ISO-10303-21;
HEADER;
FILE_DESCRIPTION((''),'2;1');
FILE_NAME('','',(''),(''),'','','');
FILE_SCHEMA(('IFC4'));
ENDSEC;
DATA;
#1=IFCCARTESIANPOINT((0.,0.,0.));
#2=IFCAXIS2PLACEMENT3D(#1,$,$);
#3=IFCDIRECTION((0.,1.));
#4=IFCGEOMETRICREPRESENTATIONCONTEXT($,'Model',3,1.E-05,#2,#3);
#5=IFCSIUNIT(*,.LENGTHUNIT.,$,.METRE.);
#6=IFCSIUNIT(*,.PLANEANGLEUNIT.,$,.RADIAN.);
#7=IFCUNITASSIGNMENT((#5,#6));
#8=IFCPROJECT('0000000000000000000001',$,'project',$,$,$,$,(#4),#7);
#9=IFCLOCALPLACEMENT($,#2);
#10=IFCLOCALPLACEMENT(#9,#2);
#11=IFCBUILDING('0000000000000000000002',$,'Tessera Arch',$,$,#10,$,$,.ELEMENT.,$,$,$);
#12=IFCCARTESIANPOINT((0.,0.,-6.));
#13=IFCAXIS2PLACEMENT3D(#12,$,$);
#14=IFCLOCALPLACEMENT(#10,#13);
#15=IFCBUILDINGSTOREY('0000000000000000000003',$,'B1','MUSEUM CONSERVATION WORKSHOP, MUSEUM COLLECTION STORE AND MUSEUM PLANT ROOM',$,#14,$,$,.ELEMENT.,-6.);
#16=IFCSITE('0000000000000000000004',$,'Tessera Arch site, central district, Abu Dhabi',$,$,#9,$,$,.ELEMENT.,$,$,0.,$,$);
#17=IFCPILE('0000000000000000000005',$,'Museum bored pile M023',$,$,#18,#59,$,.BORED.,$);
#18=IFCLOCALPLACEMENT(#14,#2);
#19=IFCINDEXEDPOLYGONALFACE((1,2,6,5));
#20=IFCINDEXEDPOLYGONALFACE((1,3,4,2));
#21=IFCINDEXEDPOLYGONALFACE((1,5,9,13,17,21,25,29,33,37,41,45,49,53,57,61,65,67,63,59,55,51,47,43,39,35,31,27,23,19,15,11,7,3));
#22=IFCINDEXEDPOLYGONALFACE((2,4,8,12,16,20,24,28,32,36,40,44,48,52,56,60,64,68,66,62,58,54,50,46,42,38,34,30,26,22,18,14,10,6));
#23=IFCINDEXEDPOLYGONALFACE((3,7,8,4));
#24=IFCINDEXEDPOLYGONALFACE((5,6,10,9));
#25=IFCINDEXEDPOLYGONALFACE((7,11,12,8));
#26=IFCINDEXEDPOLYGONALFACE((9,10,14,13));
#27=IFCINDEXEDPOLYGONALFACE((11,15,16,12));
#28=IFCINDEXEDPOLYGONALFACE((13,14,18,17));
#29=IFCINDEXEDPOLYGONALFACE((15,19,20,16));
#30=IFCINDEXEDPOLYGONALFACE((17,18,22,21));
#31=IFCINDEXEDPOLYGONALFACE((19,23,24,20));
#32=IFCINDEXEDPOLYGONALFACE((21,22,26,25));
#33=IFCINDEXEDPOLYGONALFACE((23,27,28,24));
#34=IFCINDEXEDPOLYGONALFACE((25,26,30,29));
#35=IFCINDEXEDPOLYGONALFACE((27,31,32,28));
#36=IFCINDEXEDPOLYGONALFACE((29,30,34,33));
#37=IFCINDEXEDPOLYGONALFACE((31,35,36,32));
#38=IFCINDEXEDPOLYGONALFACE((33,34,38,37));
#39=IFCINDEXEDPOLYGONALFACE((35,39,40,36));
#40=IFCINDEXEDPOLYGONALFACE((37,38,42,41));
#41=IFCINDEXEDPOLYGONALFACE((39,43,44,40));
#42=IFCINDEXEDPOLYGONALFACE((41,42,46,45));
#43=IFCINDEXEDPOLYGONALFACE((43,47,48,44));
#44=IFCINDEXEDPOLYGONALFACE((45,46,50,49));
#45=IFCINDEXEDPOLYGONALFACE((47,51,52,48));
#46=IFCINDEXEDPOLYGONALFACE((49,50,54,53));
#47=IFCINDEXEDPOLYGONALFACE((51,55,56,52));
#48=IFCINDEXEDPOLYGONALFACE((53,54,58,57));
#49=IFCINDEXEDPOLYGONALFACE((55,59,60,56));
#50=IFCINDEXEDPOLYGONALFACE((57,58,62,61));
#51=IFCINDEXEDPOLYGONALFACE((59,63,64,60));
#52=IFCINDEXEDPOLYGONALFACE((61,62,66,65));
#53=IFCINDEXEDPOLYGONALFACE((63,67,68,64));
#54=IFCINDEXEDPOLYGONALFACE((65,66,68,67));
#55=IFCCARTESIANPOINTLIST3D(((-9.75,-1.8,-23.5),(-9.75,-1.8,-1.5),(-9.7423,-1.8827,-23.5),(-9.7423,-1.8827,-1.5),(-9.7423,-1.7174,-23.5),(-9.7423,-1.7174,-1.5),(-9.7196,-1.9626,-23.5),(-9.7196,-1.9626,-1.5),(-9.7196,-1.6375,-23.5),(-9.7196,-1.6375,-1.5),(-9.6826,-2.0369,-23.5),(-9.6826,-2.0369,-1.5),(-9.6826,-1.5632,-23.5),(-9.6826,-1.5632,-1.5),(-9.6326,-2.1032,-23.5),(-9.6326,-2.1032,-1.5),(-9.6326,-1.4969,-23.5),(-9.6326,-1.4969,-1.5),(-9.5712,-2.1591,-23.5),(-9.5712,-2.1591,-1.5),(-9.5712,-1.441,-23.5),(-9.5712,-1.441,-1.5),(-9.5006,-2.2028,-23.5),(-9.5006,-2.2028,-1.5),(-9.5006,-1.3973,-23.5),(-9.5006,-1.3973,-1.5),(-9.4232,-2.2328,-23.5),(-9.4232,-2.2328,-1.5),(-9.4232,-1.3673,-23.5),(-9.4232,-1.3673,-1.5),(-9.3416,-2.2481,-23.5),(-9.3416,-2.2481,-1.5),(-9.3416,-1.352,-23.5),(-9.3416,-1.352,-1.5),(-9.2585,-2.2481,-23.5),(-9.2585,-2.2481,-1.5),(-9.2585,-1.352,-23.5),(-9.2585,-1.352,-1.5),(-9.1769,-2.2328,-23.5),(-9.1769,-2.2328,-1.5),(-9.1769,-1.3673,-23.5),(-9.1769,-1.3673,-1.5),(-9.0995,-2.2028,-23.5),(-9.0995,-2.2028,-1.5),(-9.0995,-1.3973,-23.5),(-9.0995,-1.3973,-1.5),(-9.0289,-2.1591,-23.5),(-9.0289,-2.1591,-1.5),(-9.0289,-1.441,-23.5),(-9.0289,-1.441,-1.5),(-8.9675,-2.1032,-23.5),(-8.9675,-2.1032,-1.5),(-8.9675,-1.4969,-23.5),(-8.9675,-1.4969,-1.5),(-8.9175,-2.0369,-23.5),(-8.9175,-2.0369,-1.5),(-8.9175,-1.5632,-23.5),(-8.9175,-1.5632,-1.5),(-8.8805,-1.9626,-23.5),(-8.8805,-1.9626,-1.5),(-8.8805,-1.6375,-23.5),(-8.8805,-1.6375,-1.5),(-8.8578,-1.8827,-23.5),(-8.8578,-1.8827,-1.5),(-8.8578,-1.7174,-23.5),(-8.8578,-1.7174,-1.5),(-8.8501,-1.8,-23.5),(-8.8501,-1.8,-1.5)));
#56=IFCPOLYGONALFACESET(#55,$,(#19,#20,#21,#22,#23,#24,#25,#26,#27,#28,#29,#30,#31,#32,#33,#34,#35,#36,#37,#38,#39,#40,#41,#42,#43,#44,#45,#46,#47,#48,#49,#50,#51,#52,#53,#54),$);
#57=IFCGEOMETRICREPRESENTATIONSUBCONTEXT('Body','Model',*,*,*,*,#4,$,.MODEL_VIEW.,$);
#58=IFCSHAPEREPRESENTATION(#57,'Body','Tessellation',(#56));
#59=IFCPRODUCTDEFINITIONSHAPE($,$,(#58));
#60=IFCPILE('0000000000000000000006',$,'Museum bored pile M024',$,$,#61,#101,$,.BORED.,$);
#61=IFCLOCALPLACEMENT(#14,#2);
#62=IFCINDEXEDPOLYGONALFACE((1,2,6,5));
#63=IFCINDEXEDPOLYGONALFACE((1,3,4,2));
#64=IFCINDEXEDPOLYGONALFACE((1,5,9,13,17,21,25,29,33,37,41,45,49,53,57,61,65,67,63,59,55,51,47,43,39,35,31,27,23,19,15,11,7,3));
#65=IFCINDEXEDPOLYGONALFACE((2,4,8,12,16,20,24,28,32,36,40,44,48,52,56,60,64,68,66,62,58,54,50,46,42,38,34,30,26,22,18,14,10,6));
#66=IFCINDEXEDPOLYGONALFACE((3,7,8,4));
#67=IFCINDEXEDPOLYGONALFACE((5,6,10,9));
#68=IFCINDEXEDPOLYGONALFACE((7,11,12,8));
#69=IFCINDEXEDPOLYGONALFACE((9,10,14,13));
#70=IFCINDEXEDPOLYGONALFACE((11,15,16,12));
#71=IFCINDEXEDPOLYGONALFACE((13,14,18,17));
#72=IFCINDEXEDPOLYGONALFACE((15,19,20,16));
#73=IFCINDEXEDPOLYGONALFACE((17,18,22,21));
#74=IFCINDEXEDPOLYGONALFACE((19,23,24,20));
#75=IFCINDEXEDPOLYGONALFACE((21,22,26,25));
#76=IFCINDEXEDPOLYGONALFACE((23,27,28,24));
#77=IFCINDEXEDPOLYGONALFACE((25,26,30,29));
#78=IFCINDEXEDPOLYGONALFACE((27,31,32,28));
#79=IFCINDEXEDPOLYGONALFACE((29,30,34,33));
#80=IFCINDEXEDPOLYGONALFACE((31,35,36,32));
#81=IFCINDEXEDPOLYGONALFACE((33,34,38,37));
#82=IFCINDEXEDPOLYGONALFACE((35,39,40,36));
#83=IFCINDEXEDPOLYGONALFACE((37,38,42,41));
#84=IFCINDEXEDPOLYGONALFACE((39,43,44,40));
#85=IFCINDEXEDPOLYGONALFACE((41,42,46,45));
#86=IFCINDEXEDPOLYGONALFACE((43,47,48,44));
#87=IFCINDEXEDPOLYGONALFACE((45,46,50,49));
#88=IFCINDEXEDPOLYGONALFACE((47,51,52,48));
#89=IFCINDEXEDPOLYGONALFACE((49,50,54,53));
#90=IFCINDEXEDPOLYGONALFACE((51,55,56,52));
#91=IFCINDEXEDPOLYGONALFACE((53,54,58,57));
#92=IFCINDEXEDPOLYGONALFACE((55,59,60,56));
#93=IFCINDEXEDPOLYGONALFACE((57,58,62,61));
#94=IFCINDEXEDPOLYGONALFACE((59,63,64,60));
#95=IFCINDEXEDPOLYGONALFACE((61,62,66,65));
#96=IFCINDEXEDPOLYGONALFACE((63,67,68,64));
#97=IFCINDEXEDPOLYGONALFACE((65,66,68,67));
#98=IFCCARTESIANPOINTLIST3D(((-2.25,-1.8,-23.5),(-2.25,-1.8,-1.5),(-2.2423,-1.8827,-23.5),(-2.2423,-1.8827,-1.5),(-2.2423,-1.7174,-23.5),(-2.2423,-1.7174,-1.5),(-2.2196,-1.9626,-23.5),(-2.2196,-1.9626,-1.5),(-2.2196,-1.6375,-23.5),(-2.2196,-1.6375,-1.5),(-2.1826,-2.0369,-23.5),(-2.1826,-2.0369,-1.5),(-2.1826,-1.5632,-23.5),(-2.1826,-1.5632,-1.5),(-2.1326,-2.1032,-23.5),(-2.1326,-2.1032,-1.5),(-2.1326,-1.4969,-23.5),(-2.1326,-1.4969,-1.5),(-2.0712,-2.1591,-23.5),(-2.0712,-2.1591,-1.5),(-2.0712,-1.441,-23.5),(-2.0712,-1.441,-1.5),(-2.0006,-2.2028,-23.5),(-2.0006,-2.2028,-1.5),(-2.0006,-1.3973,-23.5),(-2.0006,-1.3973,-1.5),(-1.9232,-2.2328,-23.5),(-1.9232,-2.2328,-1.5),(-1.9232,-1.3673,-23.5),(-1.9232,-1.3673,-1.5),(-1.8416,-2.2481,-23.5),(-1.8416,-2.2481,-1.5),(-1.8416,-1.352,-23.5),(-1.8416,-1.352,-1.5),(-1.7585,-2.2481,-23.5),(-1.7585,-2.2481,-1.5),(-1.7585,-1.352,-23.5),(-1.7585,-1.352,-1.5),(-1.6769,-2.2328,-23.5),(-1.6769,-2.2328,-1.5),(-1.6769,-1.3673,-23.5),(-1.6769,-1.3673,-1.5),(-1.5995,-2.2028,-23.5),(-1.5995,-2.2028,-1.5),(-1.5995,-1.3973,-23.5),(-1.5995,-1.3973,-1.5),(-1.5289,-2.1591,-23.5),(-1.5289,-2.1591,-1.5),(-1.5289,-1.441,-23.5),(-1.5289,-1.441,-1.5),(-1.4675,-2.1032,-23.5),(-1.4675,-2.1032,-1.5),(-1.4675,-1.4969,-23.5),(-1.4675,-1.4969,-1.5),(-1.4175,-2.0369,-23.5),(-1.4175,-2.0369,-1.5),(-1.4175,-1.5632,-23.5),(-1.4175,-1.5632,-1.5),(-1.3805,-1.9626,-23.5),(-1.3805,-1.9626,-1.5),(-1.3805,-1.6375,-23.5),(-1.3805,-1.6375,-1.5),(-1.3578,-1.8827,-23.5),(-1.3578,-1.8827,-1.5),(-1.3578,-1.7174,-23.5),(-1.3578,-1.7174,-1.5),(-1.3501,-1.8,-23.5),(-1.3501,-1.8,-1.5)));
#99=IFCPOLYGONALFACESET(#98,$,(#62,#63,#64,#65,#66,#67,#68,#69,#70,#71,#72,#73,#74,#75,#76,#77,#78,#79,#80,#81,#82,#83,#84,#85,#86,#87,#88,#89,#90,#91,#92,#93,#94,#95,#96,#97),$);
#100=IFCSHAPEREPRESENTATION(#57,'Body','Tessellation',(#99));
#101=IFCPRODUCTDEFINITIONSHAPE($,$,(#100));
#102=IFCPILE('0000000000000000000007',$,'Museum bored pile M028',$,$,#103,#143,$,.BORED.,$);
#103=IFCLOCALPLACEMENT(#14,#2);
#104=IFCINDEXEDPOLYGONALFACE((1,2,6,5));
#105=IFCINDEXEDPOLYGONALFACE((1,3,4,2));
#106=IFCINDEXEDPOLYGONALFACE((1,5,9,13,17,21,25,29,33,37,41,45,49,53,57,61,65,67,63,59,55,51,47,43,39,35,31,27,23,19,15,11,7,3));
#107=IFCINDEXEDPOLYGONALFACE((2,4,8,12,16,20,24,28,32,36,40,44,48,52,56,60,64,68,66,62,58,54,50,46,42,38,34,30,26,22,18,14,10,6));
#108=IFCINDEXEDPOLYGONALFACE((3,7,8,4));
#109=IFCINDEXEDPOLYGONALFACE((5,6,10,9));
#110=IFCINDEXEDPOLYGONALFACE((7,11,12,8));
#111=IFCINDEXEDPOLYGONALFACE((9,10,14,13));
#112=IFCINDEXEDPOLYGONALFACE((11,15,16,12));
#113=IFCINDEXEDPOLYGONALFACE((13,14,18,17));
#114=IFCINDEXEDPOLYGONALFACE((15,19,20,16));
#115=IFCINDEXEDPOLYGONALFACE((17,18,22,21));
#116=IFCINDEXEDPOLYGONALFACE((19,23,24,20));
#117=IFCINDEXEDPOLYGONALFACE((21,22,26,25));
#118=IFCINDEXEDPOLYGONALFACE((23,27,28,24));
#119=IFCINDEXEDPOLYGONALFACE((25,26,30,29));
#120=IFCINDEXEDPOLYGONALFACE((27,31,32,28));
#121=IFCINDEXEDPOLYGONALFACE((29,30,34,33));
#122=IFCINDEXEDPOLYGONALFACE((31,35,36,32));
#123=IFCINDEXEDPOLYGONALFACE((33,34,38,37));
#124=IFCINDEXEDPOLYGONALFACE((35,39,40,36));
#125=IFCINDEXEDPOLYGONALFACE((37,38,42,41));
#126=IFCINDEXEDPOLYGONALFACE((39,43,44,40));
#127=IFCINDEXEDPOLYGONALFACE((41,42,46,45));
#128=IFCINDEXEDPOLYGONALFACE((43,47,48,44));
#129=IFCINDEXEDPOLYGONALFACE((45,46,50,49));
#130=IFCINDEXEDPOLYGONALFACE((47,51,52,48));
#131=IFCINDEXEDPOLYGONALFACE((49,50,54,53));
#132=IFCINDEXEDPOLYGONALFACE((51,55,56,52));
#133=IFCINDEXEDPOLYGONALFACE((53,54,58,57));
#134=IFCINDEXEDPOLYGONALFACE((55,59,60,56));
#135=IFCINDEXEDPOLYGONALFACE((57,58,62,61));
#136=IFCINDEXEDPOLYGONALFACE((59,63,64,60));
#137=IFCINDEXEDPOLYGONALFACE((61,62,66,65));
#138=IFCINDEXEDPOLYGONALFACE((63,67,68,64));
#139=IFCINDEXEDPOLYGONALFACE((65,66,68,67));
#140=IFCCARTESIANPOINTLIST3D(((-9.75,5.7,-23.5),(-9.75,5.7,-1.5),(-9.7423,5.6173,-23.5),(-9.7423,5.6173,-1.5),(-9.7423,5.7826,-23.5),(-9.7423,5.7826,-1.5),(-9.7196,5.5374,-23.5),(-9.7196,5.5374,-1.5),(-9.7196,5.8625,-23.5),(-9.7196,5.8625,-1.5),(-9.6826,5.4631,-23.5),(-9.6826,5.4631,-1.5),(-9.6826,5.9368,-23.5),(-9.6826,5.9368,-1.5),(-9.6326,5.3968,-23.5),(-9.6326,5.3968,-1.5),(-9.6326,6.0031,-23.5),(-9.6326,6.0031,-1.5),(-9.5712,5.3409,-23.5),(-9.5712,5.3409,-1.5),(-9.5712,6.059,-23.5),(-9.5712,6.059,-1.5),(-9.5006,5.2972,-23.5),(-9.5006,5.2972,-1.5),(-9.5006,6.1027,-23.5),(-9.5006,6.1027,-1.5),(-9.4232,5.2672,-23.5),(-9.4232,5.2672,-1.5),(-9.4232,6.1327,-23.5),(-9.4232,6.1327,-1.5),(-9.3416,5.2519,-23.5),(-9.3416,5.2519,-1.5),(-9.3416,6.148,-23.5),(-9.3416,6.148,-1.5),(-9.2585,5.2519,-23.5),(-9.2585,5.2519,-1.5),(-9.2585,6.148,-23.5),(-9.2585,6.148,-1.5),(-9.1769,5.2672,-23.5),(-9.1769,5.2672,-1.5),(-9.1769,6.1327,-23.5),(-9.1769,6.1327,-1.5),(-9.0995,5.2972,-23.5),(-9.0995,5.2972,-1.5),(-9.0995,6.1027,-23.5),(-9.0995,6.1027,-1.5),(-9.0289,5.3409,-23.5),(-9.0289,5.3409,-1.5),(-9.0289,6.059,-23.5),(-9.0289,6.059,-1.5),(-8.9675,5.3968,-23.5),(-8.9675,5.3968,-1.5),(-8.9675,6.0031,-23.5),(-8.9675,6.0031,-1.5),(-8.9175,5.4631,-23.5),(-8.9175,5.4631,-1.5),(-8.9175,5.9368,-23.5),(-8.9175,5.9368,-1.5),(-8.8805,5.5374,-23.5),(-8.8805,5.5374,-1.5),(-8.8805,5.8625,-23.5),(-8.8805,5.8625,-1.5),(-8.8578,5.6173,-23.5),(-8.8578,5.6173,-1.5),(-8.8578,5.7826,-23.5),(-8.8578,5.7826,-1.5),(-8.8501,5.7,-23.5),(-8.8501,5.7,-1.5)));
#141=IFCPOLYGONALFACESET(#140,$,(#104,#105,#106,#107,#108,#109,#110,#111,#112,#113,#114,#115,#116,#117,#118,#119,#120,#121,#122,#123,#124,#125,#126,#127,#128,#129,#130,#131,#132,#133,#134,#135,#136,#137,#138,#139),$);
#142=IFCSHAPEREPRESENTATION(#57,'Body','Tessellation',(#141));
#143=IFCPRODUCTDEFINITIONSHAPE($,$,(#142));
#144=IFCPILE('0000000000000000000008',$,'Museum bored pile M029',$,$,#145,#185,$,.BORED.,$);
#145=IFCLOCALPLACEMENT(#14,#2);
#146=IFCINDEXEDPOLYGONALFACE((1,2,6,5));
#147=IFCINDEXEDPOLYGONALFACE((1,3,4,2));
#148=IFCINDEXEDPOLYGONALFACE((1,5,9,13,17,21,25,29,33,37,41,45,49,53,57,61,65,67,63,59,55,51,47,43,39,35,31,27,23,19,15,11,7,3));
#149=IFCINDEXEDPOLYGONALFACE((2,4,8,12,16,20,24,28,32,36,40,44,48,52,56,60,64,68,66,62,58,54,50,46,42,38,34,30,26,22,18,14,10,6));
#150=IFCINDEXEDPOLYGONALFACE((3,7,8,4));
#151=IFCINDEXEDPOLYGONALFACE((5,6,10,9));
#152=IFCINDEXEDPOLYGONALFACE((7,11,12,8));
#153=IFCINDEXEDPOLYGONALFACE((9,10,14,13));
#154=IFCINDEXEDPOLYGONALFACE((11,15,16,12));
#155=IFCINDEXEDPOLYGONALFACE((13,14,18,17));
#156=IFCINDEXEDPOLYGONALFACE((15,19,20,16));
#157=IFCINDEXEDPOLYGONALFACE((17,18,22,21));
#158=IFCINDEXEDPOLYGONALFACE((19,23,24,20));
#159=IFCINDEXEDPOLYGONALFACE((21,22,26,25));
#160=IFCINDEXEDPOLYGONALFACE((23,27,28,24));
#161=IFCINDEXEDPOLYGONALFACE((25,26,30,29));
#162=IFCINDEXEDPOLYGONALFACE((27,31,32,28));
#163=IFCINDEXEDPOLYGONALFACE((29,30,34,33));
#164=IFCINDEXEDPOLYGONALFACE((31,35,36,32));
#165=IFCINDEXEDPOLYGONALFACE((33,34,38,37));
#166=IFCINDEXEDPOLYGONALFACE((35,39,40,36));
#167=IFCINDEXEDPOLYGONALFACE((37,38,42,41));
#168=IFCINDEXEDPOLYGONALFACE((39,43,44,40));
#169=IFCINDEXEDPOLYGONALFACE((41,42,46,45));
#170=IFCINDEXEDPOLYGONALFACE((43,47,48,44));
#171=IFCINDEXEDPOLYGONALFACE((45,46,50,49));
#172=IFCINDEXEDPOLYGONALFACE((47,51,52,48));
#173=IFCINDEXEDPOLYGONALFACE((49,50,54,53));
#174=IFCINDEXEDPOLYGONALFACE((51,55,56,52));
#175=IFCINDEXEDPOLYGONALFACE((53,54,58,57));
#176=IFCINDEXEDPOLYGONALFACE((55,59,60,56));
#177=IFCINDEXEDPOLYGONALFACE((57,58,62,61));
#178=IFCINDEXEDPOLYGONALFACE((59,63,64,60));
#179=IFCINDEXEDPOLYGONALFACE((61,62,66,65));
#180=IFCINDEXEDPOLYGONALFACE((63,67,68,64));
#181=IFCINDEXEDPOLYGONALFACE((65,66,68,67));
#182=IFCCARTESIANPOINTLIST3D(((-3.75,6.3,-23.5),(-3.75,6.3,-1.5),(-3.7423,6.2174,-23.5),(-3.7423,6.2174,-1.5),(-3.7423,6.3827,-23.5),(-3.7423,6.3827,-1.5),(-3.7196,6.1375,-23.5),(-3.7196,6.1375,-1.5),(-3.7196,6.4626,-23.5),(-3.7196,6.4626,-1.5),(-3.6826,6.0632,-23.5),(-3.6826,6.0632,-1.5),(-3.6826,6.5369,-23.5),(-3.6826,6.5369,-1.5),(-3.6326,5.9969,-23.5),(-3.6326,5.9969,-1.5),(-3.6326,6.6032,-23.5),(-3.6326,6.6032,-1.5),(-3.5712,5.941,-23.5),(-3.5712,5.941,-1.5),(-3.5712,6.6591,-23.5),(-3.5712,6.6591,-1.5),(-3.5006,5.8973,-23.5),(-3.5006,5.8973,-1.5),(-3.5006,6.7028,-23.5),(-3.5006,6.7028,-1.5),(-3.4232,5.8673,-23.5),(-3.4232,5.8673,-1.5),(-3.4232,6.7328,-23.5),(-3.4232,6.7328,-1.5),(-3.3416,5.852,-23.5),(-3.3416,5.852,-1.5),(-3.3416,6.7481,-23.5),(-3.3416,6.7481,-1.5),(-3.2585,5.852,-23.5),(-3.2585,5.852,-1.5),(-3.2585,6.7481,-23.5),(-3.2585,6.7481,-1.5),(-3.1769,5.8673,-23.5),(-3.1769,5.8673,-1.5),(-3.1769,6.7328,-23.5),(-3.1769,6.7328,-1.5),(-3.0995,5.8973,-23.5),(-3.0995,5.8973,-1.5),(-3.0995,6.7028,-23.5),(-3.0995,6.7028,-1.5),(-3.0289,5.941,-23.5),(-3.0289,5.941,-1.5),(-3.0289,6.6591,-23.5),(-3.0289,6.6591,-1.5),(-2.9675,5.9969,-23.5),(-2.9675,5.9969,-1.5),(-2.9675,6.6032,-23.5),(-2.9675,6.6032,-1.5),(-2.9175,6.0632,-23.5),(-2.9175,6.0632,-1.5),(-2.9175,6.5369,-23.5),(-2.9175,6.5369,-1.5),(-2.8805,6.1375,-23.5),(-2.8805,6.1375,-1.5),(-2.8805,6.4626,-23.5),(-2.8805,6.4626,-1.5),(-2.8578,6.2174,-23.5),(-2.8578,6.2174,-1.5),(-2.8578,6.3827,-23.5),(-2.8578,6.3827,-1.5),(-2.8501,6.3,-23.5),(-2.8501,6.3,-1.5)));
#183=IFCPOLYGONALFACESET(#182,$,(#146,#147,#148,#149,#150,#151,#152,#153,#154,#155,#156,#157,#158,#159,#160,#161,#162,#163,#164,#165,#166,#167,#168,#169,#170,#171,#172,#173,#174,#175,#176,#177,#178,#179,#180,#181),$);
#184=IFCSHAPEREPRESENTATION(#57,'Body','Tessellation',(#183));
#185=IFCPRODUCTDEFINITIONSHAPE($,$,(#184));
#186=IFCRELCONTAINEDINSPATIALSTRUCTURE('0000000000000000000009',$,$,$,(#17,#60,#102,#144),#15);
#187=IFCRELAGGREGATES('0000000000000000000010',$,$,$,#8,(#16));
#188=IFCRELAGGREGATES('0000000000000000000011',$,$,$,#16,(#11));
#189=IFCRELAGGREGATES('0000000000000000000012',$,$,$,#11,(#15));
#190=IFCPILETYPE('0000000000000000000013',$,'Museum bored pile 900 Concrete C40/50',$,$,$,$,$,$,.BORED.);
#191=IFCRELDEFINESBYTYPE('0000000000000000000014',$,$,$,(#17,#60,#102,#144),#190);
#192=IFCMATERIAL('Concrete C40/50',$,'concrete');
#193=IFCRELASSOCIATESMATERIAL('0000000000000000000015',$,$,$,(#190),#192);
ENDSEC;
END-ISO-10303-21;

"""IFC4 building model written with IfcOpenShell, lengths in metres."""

from ifc_helpers import new_model, si_unit, direction, frame, origin, origin_2d, place, context, subcontext, project, spatial, circle, extrude, material, type_object, element, save


model = new_model("IFC4")

# Units and contexts
model_context = context("Model", 3, precision=1e-05, world=origin(), true_north=direction((0.0, 1.0)))
body_context = subcontext(model_context, "Body", "Model", "MODEL_VIEW")
ifc_project = project(units=[si_unit("LENGTHUNIT", "METRE"), si_unit("PLANEANGLEUNIT", "RADIAN")], contexts=[model_context])

# Site, building, storey
site_placement = place(None, origin())
site = spatial("IfcSite", under=ifc_project, at=site_placement, Name="Tessera Arch site, central district, Abu Dhabi", CompositionType="ELEMENT", RefElevation=0.0)
building_placement = place(site_placement, origin())
building = spatial("IfcBuilding", under=site, at=building_placement, Name="Tessera Arch", CompositionType="ELEMENT")
storey_placement = place(building_placement, frame((0.0, 0.0, -6.0)))
storey = spatial("IfcBuildingStorey", under=building, at=storey_placement, Name="B1", Description="MUSEUM CONSERVATION WORKSHOP, MUSEUM COLLECTION STORE AND MUSEUM PLANT ROOM", CompositionType="ELEMENT", Elevation=-6.0)

# Piles
ifc_material_1 = material(Name="Concrete C40/50", Category="concrete")
pile_type = type_object("IfcPileType", Name="Museum bored pile 900 Concrete C40/50", PredefinedType="BORED", material=ifc_material_1)
for number, where, z_axis, x_axis, name in (
    (1, (-9.3, -1.8, -1.5), (0.0, 0.0, -1.0), (1.0, 0.0, 0.0), "Museum bored pile M023"),
    (2, (-1.8, -1.8, -1.5), (0.0, 0.0, -1.0), (1.0, 0.0, 0.0), "Museum bored pile M024"),
    (3, (-9.3, 5.7, -1.5), (0.0, 0.0, -1.0), (1.0, 0.0, 0.0), "Museum bored pile M028"),
    (4, (-3.3, 6.3, -1.5), (0.0, 0.0, -1.0), (1.0, 0.0, 0.0), "Museum bored pile M029"),
):
    element("IfcPile", number, at=place(storey_placement, frame(where, z_axis=z_axis, x_axis=x_axis)), inside=storey, type_object=pile_type, Name=name, PredefinedType="BORED", context=body_context, shape_type="SweptSolid", body=[
        extrude(circle(Radius=0.45, at=origin_2d()), origin(), (0.0, 0.0, 1.0), 22.0),
    ])

save(model, "model.ifc")
